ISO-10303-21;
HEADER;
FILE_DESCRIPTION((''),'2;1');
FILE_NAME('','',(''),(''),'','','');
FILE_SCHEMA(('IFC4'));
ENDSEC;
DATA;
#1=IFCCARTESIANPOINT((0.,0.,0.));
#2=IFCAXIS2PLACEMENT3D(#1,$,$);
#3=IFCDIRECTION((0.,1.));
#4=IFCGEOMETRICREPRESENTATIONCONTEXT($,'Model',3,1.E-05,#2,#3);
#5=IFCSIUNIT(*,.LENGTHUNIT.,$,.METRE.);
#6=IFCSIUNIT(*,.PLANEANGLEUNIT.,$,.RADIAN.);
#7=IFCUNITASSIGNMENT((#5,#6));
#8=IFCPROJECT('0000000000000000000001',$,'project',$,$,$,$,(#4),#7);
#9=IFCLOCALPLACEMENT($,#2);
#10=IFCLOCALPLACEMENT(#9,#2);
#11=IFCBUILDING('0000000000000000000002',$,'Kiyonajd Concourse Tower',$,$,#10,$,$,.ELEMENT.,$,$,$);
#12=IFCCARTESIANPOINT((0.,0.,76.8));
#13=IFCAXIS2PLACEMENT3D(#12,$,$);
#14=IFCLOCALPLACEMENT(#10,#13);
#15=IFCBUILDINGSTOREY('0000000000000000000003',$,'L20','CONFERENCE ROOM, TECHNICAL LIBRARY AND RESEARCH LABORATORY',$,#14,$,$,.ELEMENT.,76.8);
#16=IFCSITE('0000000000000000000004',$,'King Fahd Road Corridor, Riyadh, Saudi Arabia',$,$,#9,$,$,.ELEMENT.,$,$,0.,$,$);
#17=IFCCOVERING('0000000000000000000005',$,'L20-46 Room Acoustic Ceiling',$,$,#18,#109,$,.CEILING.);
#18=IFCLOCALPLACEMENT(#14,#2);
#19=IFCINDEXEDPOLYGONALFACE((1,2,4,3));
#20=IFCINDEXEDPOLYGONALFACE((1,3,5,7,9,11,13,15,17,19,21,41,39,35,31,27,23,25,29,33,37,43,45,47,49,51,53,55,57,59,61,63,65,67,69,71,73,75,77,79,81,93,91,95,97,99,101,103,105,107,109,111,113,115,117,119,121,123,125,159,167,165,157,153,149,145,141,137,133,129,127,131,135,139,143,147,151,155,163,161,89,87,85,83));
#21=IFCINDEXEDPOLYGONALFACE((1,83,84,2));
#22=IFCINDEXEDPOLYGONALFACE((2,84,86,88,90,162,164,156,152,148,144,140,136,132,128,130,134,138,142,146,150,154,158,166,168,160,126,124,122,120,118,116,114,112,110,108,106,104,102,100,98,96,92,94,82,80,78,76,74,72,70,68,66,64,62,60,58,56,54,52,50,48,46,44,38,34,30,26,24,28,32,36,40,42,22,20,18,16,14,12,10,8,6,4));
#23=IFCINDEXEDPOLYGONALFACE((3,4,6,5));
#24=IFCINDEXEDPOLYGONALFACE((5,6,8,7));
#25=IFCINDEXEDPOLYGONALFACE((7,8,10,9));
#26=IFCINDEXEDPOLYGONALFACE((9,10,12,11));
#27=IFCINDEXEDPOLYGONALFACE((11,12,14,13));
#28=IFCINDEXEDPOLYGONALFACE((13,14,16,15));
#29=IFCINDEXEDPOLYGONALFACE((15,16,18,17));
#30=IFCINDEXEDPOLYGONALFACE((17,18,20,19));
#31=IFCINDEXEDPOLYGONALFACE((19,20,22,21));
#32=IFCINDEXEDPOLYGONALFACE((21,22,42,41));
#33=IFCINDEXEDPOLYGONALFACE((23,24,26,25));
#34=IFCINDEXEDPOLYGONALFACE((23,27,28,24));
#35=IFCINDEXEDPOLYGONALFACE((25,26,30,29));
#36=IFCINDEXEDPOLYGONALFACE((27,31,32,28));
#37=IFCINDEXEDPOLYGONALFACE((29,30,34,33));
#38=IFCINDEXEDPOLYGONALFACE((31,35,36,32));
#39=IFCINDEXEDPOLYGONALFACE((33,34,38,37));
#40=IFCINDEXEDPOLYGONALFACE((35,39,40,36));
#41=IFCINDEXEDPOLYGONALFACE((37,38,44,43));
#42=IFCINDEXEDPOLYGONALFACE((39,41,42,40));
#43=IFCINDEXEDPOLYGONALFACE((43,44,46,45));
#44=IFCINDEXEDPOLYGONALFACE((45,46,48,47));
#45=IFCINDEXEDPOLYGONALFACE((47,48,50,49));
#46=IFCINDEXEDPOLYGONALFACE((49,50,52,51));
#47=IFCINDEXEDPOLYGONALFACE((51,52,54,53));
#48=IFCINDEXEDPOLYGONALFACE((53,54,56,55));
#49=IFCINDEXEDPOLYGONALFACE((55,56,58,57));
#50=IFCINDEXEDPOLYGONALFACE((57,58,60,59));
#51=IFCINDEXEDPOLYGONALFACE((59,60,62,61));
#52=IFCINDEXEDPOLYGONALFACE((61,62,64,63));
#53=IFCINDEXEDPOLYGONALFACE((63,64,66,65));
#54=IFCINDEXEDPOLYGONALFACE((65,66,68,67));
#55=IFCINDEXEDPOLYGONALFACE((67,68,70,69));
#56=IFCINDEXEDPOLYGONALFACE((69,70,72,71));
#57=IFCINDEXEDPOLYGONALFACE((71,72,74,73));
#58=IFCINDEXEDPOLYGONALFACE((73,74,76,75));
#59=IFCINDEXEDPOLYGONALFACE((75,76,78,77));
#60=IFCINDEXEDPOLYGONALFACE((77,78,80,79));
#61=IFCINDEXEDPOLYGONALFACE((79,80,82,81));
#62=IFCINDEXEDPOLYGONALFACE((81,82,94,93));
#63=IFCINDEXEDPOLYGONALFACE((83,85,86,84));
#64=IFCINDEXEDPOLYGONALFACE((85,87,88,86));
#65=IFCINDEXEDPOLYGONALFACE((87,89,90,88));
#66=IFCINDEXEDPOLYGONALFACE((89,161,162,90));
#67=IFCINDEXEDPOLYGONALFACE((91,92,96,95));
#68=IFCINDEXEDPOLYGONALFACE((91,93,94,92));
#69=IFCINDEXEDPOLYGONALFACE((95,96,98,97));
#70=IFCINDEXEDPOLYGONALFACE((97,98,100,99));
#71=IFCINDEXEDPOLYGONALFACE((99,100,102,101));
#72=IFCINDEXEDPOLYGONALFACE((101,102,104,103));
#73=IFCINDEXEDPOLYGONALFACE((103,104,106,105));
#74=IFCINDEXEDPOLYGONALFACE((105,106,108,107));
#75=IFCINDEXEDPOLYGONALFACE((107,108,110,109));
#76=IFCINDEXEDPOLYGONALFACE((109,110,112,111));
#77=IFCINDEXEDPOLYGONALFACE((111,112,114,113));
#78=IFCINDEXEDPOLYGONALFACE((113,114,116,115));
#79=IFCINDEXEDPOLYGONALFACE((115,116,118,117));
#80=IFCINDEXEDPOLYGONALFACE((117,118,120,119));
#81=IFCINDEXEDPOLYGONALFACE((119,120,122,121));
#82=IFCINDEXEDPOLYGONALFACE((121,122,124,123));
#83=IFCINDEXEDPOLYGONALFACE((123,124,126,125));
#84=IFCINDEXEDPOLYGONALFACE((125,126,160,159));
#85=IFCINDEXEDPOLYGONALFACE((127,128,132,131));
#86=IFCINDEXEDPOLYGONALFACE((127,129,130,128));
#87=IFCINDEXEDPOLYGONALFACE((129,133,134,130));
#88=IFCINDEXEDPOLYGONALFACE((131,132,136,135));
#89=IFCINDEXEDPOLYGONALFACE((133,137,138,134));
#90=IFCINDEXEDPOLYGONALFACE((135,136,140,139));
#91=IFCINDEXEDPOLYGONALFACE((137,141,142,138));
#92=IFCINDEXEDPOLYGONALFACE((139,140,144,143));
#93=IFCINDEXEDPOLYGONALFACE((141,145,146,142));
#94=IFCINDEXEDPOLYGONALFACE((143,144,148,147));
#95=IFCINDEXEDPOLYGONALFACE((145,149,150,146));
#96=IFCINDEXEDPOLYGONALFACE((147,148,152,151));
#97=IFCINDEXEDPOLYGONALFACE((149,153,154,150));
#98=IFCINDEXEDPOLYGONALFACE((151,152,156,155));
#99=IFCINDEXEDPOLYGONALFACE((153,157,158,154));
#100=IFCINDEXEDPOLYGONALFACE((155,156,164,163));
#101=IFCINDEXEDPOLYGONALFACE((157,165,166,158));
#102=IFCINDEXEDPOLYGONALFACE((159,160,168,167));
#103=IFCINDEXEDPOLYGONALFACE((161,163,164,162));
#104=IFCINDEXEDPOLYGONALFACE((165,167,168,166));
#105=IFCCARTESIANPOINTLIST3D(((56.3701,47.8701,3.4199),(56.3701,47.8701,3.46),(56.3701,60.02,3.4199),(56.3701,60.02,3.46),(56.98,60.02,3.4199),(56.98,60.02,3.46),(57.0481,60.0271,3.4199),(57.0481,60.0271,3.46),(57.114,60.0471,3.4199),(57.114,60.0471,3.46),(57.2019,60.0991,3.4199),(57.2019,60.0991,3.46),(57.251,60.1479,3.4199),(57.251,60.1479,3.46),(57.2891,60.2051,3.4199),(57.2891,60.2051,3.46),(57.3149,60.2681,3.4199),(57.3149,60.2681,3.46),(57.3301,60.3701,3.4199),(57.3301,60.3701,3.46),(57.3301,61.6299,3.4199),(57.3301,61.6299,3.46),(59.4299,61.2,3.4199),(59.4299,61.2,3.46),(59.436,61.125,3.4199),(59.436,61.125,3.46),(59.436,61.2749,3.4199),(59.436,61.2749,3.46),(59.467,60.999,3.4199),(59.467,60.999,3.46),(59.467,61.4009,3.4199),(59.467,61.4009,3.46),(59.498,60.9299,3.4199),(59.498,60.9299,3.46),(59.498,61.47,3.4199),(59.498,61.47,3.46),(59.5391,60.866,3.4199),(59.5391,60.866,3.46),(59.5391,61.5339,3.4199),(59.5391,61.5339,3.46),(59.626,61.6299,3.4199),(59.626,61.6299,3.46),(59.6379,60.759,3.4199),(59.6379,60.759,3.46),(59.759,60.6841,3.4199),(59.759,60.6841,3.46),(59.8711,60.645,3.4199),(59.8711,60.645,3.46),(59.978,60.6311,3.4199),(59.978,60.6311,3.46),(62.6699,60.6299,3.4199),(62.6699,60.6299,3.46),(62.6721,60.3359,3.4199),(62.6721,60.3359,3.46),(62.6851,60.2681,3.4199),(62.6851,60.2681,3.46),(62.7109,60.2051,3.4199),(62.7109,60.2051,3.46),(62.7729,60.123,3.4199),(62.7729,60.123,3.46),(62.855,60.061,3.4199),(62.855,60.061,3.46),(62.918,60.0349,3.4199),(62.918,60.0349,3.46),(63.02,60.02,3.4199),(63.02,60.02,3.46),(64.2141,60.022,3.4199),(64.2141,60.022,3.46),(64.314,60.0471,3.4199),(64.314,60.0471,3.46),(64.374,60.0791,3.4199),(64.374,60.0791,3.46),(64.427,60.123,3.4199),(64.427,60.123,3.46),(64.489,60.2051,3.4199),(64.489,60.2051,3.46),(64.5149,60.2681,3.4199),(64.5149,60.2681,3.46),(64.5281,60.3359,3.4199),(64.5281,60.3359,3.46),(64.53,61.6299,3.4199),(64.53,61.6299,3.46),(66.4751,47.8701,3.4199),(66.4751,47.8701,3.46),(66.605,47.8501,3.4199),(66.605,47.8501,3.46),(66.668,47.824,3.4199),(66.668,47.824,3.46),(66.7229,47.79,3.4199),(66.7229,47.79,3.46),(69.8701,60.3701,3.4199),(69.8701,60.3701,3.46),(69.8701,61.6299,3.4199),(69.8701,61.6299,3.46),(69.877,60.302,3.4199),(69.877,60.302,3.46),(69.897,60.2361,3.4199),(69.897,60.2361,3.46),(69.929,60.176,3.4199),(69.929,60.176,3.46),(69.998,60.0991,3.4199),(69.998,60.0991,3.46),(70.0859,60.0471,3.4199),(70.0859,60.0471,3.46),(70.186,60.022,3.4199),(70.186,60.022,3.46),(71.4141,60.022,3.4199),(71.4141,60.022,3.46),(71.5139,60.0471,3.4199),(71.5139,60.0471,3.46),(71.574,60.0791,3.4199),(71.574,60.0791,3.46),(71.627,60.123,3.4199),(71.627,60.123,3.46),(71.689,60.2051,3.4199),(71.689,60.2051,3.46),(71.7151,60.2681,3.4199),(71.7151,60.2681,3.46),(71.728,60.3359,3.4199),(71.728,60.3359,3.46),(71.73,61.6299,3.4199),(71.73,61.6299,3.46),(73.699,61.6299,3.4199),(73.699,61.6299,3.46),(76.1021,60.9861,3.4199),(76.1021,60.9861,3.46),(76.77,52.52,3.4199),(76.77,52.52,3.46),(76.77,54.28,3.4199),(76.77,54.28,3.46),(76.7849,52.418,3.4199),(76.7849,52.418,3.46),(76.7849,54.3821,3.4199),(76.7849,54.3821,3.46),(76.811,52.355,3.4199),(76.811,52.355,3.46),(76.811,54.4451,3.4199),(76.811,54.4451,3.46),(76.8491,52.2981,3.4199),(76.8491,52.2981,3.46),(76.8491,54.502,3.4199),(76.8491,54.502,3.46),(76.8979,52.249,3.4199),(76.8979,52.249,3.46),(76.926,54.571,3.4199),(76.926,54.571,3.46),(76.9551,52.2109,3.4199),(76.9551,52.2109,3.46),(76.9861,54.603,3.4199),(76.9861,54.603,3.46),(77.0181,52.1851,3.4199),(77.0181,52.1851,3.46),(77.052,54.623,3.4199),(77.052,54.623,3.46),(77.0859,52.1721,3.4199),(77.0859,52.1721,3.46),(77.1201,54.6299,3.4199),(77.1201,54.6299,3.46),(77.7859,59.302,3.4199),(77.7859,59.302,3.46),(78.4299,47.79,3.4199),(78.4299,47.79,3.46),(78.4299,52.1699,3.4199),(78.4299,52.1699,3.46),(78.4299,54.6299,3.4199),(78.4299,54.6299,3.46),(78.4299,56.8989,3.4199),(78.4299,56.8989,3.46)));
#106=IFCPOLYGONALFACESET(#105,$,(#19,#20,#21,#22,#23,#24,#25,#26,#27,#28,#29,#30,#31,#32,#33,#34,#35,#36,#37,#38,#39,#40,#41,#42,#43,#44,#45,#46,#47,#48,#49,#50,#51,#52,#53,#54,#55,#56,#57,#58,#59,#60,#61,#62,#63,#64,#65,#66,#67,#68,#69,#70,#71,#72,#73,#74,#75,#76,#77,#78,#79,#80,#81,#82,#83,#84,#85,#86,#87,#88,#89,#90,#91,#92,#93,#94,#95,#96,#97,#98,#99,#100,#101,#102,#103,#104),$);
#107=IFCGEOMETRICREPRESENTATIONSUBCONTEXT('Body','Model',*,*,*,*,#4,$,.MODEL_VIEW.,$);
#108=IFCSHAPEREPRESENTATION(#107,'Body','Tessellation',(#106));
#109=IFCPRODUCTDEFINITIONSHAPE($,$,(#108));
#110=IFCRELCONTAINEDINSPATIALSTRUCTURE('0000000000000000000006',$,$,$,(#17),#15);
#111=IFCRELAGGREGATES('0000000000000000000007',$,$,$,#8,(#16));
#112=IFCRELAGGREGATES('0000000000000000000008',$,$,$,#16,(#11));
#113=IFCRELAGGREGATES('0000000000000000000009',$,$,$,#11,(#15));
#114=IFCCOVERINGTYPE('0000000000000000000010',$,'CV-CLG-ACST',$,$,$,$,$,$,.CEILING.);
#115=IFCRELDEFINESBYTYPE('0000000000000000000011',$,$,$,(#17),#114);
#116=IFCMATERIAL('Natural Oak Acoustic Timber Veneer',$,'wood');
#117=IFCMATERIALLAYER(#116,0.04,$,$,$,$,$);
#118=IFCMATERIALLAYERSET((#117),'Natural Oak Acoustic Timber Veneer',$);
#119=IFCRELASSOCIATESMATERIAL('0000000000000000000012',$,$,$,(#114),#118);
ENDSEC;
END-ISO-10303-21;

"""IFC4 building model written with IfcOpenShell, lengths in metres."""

from ifc_helpers import new_model, si_unit, direction, frame, origin, place, context, subcontext, project, spatial, polyline, outline, extrude, material, layer, layer_set, type_object, element, save


model = new_model("IFC4")

# Units and contexts
model_context = context("Model", 3, precision=1e-05, world=origin(), true_north=direction((0.0, 1.0)))
body_context = subcontext(model_context, "Body", "Model", "MODEL_VIEW")
ifc_project = project(units=[si_unit("LENGTHUNIT", "METRE"), si_unit("PLANEANGLEUNIT", "RADIAN")], contexts=[model_context])

# Site, building, storey
site_placement = place(None, origin())
site = spatial("IfcSite", under=ifc_project, at=site_placement, Name="King Fahd Road Corridor, Riyadh, Saudi Arabia", CompositionType="ELEMENT", RefElevation=0.0)
building_placement = place(site_placement, origin())
building = spatial("IfcBuilding", under=site, at=building_placement, Name="Kiyonajd Concourse Tower", CompositionType="ELEMENT")
storey_placement = place(building_placement, frame((0.0, 0.0, 76.8)))
storey = spatial("IfcBuildingStorey", under=building, at=storey_placement, Name="L20", Description="CONFERENCE ROOM, TECHNICAL LIBRARY AND RESEARCH LABORATORY", CompositionType="ELEMENT", Elevation=76.8)

# Covering
ifc_material_1 = material(Name="Natural Oak Acoustic Timber Veneer", Category="wood")
ifc_layer_1 = layer(ifc_material_1, 0.04)
ifc_layer_set_1 = layer_set([ifc_layer_1], Name="Natural Oak Acoustic Timber Veneer")
covering_type = type_object("IfcCoveringType", Name="CV-CLG-ACST", PredefinedType="CEILING", material=ifc_layer_set_1)
covering_1_placement = place(storey_placement, frame((0.0, 0.0, 3.4199)))
element("IfcCovering", 1, at=covering_1_placement, inside=storey, type_object=covering_type, Name="L20-46 Room Acoustic Ceiling", PredefinedType="CEILING", context=body_context, shape_type="SweptSolid", body=[
    extrude(outline(polyline([(59.626, 61.6299), (59.5391, 61.5339), (59.498, 61.47), (59.467, 61.4009), (59.436, 61.2749), (59.4299, 61.2), (59.436, 61.125), (59.467, 60.999), (59.498, 60.9299), (59.5391, 60.866), (59.6379, 60.759), (59.759, 60.6841), (59.8711, 60.645), (59.978, 60.6311), (62.6699, 60.6299), (62.6721, 60.3359), (62.6851, 60.2681), (62.7109, 60.2051), (62.7729, 60.123), (62.855, 60.061), (62.918, 60.0349), (63.02, 60.02), (64.2141, 60.022), (64.314, 60.0471), (64.374, 60.0791), (64.427, 60.123), (64.489, 60.2051), (64.5149, 60.2681), (64.5281, 60.3359), (64.53, 61.6299), (69.8701, 61.6299), (69.8701, 60.3701), (69.877, 60.302), (69.897, 60.2361), (69.929, 60.176), (69.998, 60.0991), (70.0859, 60.0471), (70.186, 60.022), (71.4141, 60.022), (71.5139, 60.0471), (71.574, 60.0791), (71.627, 60.123), (71.689, 60.2051), (71.7151, 60.2681), (71.728, 60.3359), (71.73, 61.6299), (73.699, 61.6299), (76.1021, 60.9861), (77.7859, 59.302), (78.4299, 56.8989), (78.4299, 54.6299), (77.1201, 54.6299), (77.052, 54.623), (76.9861, 54.603), (76.926, 54.571), (76.8491, 54.502), (76.811, 54.4451), (76.7849, 54.3821), (76.77, 54.28), (76.77, 52.52), (76.7849, 52.418), (76.811, 52.355), (76.8491, 52.2981), (76.8979, 52.249), (76.9551, 52.2109), (77.0181, 52.1851), (77.0859, 52.1721), (78.4299, 52.1699), (78.4299, 47.79), (66.7229, 47.79), (66.668, 47.824), (66.605, 47.8501), (66.4751, 47.8701), (56.3701, 47.8701), (56.3701, 60.02), (56.98, 60.02), (57.0481, 60.0271), (57.114, 60.0471), (57.2019, 60.0991), (57.251, 60.1479), (57.2891, 60.2051), (57.3149, 60.2681), (57.3301, 60.3701), (57.3301, 61.6299), (59.626, 61.6299)])), origin(), (0.0, 0.0, 1.0), 0.04),
])

save(model, "model.ifc")
